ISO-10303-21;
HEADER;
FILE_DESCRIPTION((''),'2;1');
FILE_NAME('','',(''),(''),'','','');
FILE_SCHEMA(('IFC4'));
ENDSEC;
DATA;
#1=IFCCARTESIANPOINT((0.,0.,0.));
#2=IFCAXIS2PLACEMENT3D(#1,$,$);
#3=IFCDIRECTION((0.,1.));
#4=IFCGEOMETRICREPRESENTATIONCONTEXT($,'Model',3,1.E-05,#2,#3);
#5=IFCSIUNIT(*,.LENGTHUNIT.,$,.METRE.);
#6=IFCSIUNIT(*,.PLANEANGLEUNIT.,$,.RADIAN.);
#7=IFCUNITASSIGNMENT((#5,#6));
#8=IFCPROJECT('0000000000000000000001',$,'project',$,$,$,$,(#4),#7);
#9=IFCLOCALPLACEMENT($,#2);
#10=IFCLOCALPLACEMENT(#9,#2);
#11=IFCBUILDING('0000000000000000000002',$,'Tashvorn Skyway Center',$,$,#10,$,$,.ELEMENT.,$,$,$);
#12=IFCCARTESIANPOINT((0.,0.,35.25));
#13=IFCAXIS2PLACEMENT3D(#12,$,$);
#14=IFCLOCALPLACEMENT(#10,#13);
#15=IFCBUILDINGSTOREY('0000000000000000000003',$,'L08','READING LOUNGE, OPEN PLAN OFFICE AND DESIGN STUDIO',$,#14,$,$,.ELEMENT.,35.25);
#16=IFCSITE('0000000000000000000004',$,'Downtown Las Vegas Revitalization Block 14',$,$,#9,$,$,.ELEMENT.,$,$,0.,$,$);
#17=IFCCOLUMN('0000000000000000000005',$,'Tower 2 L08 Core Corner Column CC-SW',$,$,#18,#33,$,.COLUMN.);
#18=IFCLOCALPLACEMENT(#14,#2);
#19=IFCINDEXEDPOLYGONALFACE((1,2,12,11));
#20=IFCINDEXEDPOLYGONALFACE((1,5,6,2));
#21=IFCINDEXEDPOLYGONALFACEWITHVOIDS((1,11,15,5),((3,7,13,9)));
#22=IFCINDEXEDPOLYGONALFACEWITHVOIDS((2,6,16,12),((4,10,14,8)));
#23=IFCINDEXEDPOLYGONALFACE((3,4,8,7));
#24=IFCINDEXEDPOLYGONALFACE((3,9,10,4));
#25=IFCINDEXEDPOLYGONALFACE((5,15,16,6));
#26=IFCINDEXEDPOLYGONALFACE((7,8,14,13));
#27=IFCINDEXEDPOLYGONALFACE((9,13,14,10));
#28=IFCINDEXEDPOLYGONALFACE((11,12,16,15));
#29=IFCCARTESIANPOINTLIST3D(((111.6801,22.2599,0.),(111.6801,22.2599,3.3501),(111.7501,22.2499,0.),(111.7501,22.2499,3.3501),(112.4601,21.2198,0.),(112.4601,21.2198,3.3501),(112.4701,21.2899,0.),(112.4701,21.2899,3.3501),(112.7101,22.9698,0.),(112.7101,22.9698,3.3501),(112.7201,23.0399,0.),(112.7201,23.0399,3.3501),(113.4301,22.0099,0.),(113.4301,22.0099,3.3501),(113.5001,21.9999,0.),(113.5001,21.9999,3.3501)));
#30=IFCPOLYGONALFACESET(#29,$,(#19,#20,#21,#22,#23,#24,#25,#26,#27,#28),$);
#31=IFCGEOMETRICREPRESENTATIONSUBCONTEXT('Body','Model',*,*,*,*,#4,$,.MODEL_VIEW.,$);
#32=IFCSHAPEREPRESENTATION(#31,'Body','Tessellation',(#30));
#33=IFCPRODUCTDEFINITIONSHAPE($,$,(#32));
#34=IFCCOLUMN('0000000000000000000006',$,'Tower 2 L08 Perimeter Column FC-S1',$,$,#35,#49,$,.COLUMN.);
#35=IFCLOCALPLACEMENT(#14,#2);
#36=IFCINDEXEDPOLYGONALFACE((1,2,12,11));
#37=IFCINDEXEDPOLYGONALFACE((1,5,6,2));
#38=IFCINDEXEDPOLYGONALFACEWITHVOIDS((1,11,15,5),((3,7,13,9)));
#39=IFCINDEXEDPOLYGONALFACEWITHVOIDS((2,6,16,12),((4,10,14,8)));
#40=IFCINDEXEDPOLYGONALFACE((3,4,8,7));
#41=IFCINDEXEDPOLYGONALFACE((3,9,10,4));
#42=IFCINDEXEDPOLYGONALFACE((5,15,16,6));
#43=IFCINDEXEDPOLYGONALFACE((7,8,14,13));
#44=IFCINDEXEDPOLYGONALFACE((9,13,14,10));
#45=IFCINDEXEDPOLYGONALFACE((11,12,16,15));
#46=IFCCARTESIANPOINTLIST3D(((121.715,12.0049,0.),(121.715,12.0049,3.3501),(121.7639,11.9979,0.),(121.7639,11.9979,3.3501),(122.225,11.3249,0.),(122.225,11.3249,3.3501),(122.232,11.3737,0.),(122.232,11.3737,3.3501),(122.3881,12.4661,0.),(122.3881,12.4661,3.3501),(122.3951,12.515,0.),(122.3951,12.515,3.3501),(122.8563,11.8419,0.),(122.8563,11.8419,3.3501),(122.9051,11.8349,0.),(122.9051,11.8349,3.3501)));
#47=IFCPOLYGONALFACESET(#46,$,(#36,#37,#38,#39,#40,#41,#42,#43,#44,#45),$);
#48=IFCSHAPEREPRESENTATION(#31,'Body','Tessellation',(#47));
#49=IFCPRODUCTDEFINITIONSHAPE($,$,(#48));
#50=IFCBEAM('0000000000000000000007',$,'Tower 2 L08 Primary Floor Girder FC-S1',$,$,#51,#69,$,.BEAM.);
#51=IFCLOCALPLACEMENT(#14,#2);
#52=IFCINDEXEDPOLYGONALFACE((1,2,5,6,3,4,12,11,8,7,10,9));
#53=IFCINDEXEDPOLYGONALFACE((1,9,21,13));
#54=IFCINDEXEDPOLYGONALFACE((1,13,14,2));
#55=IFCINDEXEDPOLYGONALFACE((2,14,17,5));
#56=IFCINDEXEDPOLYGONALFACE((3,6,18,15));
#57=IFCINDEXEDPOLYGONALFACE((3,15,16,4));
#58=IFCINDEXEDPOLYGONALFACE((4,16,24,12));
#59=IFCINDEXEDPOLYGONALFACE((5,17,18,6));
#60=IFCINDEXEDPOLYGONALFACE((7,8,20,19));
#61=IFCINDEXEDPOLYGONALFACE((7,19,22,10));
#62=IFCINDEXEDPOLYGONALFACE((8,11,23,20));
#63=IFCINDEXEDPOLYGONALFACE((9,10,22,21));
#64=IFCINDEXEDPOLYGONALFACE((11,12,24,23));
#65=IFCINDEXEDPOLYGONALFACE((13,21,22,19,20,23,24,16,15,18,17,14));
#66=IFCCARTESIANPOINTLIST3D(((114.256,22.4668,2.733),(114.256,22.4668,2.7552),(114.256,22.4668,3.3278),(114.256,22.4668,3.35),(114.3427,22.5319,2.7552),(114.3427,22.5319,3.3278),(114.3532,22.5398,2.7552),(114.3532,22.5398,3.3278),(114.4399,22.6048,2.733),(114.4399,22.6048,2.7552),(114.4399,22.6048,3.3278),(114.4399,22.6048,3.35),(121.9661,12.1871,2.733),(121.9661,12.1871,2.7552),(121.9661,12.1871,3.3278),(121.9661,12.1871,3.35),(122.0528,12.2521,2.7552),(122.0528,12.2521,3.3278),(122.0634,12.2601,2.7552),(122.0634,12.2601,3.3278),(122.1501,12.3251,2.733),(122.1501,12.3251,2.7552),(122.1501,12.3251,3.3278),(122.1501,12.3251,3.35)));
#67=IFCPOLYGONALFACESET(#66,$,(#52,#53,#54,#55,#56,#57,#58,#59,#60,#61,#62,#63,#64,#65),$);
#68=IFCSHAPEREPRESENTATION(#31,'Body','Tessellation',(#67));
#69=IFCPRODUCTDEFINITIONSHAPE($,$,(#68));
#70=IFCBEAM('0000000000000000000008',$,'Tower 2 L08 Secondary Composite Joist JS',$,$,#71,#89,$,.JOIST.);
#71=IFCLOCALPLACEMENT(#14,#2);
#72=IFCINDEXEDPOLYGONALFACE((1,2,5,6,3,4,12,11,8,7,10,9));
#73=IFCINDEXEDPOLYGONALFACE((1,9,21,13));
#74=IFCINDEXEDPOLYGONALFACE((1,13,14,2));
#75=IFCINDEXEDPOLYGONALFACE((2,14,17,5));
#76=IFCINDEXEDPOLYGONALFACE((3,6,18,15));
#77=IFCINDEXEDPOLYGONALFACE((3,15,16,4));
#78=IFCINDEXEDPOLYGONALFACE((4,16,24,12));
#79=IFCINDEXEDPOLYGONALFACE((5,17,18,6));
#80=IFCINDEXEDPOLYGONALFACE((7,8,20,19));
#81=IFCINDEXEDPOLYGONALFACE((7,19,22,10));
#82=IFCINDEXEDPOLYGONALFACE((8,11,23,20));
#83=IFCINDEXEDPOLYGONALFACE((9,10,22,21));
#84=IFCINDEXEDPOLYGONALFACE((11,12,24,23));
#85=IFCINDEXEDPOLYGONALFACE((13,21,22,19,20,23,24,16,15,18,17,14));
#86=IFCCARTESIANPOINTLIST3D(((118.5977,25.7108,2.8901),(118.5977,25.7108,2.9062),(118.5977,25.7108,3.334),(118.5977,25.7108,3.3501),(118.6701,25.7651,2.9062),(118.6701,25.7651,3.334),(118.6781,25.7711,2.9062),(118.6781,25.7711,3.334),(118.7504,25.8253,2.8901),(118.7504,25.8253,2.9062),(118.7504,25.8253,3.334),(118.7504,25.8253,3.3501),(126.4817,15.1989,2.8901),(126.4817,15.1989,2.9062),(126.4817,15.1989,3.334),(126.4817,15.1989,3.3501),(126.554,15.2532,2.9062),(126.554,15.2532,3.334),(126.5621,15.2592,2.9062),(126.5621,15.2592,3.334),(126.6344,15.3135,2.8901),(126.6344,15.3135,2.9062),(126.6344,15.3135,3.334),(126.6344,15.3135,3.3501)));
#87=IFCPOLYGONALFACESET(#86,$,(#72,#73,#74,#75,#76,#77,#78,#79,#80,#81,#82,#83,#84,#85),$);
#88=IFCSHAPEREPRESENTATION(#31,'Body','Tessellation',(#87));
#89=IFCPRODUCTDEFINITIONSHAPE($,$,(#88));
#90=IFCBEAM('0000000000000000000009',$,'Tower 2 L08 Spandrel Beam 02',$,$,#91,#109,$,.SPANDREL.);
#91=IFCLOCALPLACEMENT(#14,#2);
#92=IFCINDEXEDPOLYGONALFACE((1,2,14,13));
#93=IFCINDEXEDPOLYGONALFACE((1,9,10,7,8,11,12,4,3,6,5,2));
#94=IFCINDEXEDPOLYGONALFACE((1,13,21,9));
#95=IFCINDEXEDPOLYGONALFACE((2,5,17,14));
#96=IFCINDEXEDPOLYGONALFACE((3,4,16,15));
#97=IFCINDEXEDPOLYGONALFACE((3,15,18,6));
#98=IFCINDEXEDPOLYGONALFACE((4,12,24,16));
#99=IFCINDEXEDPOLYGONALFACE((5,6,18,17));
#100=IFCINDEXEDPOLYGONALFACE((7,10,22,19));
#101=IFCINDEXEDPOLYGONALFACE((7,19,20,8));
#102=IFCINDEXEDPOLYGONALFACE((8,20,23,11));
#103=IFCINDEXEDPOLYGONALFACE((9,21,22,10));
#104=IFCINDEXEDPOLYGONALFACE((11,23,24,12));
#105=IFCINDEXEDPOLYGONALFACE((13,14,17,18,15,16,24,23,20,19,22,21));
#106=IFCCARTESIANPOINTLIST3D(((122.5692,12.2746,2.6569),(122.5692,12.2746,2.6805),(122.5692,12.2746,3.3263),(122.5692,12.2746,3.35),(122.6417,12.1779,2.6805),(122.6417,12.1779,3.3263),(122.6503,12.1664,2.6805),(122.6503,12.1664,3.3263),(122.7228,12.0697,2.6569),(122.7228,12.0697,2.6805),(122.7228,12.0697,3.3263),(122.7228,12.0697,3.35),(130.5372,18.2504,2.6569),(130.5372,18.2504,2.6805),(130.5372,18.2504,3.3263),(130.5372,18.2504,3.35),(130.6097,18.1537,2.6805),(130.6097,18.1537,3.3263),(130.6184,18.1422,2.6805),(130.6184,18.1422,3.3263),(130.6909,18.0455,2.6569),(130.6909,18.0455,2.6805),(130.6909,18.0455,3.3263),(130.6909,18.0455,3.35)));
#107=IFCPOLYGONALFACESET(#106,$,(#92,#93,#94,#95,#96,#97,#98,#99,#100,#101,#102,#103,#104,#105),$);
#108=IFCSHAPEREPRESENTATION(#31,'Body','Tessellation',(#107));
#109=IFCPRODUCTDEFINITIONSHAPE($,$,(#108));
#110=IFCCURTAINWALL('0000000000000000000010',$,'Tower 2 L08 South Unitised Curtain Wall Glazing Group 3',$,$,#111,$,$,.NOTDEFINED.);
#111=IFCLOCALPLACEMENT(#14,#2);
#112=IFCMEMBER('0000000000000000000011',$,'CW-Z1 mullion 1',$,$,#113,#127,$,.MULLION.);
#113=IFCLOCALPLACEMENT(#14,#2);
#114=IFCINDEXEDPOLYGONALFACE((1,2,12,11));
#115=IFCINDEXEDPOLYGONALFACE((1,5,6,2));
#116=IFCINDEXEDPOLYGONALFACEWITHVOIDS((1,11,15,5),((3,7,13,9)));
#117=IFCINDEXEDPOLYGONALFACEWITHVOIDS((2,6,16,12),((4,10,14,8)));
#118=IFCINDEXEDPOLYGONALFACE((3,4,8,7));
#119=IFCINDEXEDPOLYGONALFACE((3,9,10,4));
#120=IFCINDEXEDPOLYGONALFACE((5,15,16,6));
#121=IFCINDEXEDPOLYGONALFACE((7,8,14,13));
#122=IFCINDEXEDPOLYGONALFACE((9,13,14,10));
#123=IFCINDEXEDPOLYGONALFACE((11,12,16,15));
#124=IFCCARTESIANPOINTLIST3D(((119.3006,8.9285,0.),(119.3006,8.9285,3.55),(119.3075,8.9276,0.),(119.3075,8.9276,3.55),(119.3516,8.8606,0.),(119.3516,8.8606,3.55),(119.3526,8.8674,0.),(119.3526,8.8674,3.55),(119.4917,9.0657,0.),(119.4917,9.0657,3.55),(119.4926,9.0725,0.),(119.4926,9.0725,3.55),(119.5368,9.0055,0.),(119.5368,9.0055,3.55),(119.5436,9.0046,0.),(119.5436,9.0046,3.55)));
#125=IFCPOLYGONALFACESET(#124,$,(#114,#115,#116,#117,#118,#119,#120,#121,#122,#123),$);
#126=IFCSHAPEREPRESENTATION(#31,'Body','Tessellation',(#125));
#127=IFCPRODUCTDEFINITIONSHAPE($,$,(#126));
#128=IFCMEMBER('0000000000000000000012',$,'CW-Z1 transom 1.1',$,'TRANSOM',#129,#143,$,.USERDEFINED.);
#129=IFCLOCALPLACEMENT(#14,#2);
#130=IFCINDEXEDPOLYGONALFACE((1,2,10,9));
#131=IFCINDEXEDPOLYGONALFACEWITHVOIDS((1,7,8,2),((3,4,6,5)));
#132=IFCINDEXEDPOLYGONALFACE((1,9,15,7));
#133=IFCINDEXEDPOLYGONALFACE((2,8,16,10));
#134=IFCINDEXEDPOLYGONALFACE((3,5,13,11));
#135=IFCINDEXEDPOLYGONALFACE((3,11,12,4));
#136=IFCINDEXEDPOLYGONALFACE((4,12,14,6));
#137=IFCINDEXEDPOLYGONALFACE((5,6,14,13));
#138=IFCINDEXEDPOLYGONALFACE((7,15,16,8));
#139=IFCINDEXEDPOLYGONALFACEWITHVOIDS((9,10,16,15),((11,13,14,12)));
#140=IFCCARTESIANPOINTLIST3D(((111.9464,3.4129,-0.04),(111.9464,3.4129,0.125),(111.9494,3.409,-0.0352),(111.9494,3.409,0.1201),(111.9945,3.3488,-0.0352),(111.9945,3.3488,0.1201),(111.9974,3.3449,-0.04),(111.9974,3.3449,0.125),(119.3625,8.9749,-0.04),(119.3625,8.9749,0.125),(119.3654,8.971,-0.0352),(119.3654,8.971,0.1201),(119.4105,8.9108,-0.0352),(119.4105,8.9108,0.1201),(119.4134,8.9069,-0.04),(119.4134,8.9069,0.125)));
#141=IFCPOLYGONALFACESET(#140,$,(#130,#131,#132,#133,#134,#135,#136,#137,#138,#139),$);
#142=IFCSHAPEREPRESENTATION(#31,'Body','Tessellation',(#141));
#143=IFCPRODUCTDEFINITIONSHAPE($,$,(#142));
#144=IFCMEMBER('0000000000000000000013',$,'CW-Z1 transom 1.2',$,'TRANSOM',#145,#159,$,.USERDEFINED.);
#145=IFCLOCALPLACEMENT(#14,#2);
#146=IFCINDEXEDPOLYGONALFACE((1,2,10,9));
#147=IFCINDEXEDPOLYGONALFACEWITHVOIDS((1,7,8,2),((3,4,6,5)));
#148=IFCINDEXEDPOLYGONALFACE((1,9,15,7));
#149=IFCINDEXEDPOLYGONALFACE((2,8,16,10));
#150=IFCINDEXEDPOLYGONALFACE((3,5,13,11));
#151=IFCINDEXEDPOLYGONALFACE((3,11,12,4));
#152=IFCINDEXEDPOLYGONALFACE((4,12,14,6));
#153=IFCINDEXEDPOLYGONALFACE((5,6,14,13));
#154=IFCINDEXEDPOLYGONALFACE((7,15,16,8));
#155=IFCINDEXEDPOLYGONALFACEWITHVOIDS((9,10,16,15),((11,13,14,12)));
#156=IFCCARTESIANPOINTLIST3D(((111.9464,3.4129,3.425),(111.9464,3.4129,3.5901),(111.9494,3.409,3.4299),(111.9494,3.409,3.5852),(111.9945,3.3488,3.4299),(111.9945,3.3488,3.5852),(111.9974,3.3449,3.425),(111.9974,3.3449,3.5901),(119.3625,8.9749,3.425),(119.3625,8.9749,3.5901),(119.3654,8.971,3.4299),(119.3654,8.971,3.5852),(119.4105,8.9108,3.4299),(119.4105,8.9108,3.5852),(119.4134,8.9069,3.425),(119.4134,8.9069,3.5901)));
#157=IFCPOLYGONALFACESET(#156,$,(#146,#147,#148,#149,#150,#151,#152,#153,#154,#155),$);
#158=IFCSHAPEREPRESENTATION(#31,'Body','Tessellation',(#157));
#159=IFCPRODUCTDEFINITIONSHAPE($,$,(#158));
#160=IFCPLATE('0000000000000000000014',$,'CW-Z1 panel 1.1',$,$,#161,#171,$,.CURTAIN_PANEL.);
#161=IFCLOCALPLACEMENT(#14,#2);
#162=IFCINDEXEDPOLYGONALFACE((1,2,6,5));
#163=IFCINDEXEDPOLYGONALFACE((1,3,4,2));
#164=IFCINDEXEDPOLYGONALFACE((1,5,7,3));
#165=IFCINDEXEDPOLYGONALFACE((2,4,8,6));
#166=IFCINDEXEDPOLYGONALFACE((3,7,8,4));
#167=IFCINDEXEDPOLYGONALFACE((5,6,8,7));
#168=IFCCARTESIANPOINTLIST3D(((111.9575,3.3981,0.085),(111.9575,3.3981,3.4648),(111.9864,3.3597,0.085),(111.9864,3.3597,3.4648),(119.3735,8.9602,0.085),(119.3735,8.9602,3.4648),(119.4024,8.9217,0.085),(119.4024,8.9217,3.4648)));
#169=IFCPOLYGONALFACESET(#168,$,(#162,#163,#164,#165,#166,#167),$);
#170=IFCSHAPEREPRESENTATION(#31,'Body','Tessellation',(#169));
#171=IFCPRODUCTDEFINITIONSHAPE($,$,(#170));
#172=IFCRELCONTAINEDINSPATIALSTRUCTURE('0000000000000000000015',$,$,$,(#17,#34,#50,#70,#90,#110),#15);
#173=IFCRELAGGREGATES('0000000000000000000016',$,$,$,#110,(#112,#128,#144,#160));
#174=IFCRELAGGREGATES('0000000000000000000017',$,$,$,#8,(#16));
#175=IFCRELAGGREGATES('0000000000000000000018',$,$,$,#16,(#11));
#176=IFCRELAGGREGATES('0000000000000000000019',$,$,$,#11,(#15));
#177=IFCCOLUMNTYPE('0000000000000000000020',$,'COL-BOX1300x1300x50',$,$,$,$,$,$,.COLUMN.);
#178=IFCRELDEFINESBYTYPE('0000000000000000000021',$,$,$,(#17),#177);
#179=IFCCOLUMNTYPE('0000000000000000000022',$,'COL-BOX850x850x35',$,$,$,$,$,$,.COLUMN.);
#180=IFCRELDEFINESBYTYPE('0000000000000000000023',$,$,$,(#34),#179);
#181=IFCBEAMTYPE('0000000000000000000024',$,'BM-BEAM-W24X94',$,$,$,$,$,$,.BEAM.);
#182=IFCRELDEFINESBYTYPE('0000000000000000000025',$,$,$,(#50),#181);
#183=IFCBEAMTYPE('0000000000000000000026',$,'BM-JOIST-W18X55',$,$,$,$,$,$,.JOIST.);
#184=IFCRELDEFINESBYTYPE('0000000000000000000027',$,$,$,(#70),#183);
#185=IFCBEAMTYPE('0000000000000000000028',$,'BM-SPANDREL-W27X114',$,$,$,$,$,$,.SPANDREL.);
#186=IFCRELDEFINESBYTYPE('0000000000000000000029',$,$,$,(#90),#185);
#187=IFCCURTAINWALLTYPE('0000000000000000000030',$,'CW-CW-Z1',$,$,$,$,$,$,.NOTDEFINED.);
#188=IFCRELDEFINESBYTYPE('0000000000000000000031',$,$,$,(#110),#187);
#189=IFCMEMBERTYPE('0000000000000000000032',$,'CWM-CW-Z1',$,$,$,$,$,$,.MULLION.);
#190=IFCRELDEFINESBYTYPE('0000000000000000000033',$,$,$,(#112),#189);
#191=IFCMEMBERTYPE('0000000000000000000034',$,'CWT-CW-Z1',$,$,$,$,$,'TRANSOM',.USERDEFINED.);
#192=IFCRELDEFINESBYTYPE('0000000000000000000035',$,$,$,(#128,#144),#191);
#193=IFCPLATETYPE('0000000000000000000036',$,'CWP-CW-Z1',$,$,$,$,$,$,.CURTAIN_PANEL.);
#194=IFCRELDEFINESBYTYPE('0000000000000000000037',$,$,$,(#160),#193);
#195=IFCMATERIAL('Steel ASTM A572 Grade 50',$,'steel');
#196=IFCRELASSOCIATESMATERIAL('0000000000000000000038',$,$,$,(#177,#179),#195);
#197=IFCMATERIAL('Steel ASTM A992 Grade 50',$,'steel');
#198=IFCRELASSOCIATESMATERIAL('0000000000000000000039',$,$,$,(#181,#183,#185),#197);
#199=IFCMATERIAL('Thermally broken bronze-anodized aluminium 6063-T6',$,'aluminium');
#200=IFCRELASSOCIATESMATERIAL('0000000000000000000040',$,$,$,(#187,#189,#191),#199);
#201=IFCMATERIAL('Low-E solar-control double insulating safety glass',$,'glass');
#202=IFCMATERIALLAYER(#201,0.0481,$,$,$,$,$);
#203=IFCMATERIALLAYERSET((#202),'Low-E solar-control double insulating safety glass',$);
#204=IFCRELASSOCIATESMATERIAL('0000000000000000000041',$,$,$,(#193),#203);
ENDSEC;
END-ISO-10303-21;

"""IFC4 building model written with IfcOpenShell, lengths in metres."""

from ifc_helpers import new_model, si_unit, direction, frame, origin, origin_2d, place, context, subcontext, project, spatial, rectangle, hollow_rectangle, i_section, extrude, material, layer, layer_set, material_profile, profile_set, type_object, element, aggregate, save


model = new_model("IFC4")

# Units and contexts
model_context = context("Model", 3, precision=1e-05, world=origin(), true_north=direction((0.0, 1.0)))
body_context = subcontext(model_context, "Body", "Model", "MODEL_VIEW")
ifc_project = project(units=[si_unit("LENGTHUNIT", "METRE"), si_unit("PLANEANGLEUNIT", "RADIAN")], contexts=[model_context])

# Site, building, storey
site_placement = place(None, origin())
site = spatial("IfcSite", under=ifc_project, at=site_placement, Name="Downtown Las Vegas Revitalization Block 14", CompositionType="ELEMENT", RefElevation=0.0)
building_placement = place(site_placement, origin())
building = spatial("IfcBuilding", under=site, at=building_placement, Name="Tashvorn Skyway Center", CompositionType="ELEMENT")
storey_placement = place(building_placement, frame((0.0, 0.0, 35.25)))
storey = spatial("IfcBuildingStorey", under=building, at=storey_placement, Name="L08", Description="READING LOUNGE, OPEN PLAN OFFICE AND DESIGN STUDIO", CompositionType="ELEMENT", Elevation=35.25)

# Columns
ifc_material_1 = material(Name="Steel ASTM A572 Grade 50", Category="steel")
ifc_material_profile_1 = material_profile(ifc_material_1, hollow_rectangle(XDim=1.3, YDim=1.3, WallThickness=0.05, at=origin_2d()), Name="BOX1300x1300x50")
ifc_profile_set_1 = profile_set([ifc_material_profile_1], Name="Steel ASTM A572 Grade 50")
column_type_1 = type_object("IfcColumnType", Name="COL-BOX1300x1300x50", PredefinedType="COLUMN", material=ifc_profile_set_1)
column_1_placement = place(storey_placement, frame((112.5901, 22.1299, 0.0), z_axis=(0.0, 0.0, 1.0), x_axis=(0.8, 0.6, 0.0)))
element("IfcColumn", 1, at=column_1_placement, inside=storey, type_object=column_type_1, Name="Tower 2 L08 Core Corner Column CC-SW", PredefinedType="COLUMN", context=body_context, shape_type="SweptSolid", body=[
    extrude(hollow_rectangle(XDim=1.3, YDim=1.3, WallThickness=0.05, at=origin_2d()), origin(), (0.0, 0.0, 1.0), 3.3501),
])
ifc_material_profile_2 = material_profile(ifc_material_1, hollow_rectangle(XDim=0.8501, YDim=0.8501, WallThickness=0.0349, at=origin_2d()), Name="BOX850x850x35")
ifc_profile_set_2 = profile_set([ifc_material_profile_2], Name="Steel ASTM A572 Grade 50")
column_type_2 = type_object("IfcColumnType", Name="COL-BOX850x850x35", PredefinedType="COLUMN", material=ifc_profile_set_2)
column_2_placement = place(storey_placement, frame((122.3101, 11.9199, 0.0), z_axis=(0.0, 0.0, 1.0), x_axis=(0.8, 0.6, 0.0)))
element("IfcColumn", 2, at=column_2_placement, inside=storey, type_object=column_type_2, Name="Tower 2 L08 Perimeter Column FC-S1", PredefinedType="COLUMN", context=body_context, shape_type="SweptSolid", body=[
    extrude(hollow_rectangle(XDim=0.8501, YDim=0.8501, WallThickness=0.0349, at=origin_2d()), origin(), (0.0, 0.0, 1.0), 3.3501),
])

# Beams
ifc_material_2 = material(Name="Steel ASTM A992 Grade 50", Category="steel")
ifc_material_profile_3 = material_profile(ifc_material_2, i_section(OverallWidth=0.23, OverallDepth=0.6169, WebThickness=0.0132, FlangeThickness=0.0222, at=origin_2d()), Name="W24X94")
ifc_profile_set_3 = profile_set([ifc_material_profile_3], Name="Steel ASTM A992 Grade 50")
beam_type_1 = type_object("IfcBeamType", Name="BM-BEAM-W24X94", PredefinedType="BEAM", material=ifc_profile_set_3)
beam_1_placement = place(storey_placement, frame((122.0581, 12.2561, 3.0415), z_axis=(-0.600018, 0.799986, 0.0), x_axis=(-0.799986, -0.600018, 0.0)))
element("IfcBeam", 3, at=beam_1_placement, inside=storey, type_object=beam_type_1, Name="Tower 2 L08 Primary Floor Girder FC-S1", PredefinedType="BEAM", context=body_context, shape_type="SweptSolid", body=[
    extrude(i_section(OverallWidth=0.23, OverallDepth=0.6169, WebThickness=0.0132, FlangeThickness=0.0222, at=origin_2d()), origin(), (0.0, 0.0, 1.0), 12.8499),
])
ifc_material_profile_4 = material_profile(ifc_material_2, i_section(OverallWidth=0.1909, OverallDepth=0.46, WebThickness=0.01, FlangeThickness=0.0161, at=origin_2d()), Name="W18X55")
ifc_profile_set_4 = profile_set([ifc_material_profile_4], Name="Steel ASTM A992 Grade 50")
beam_type_2 = type_object("IfcBeamType", Name="BM-JOIST-W18X55", PredefinedType="JOIST", material=ifc_profile_set_4)
beam_2_placement = place(storey_placement, frame((118.6741, 25.7681, 3.1201), z_axis=(0.600003, -0.799998, 0.0), x_axis=(0.799998, 0.600003, 0.0)))
element("IfcBeam", 4, at=beam_2_placement, inside=storey, type_object=beam_type_2, Name="Tower 2 L08 Secondary Composite Joist JS", PredefinedType="JOIST", context=body_context, shape_type="SweptSolid", body=[
    extrude(i_section(OverallWidth=0.1909, OverallDepth=0.46, WebThickness=0.01, FlangeThickness=0.0161, at=origin_2d()), origin(), (0.0, 0.0, 1.0), 13.1399),
])
ifc_material_profile_5 = material_profile(ifc_material_2, i_section(OverallWidth=0.2561, OverallDepth=0.6931, WebThickness=0.0144, FlangeThickness=0.0237, at=origin_2d()), Name="W27X114")
ifc_profile_set_5 = profile_set([ifc_material_profile_5], Name="Steel ASTM A992 Grade 50")
beam_type_3 = type_object("IfcBeamType", Name="BM-SPANDREL-W27X114", PredefinedType="SPANDREL", material=ifc_profile_set_5)
beam_3_placement = place(storey_placement, frame((122.646, 12.1721, 3.0034), z_axis=(0.800009, 0.599988, 0.0), x_axis=(-0.599988, 0.800009, 0.0)))
element("IfcBeam", 5, at=beam_3_placement, inside=storey, type_object=beam_type_3, Name="Tower 2 L08 Spandrel Beam 02", PredefinedType="SPANDREL", context=body_context, shape_type="SweptSolid", body=[
    extrude(i_section(OverallWidth=0.2561, OverallDepth=0.6931, WebThickness=0.0144, FlangeThickness=0.0237, at=origin_2d()), origin(), (0.0, 0.0, 1.0), 9.96),
])

# Curtain wall, members, plate
ifc_material_3 = material(Name="Thermally broken bronze-anodized aluminium 6063-T6", Category="aluminium")
curtain_wall_type = type_object("IfcCurtainWallType", Name="CW-CW-Z1", PredefinedType="NOTDEFINED", material=ifc_material_3)
curtain_wall_placement = place(storey_placement, origin())
curtain_wall = element("IfcCurtainWall", 6, at=curtain_wall_placement, inside=storey, type_object=curtain_wall_type, Name="Tower 2 L08 South Unitised Curtain Wall Glazing Group 3", PredefinedType="NOTDEFINED")
ifc_material_profile_6 = material_profile(ifc_material_3, hollow_rectangle(XDim=0.085, YDim=0.24, WallThickness=0.0049, at=origin_2d()), Name="ALU-MULL-85x240")
ifc_profile_set_6 = profile_set([ifc_material_profile_6], Name="Thermally broken bronze-anodized aluminium 6063-T6")
member_type_1 = type_object("IfcMemberType", Name="CWM-CW-Z1", PredefinedType="MULLION", material=ifc_profile_set_6)
member_1_placement = place(storey_placement, frame((119.4221, 8.9666, 0.0), z_axis=(0.0, 0.0, 1.0), x_axis=(0.6, -0.8, 0.0)))
member_1 = element("IfcMember", 7, at=member_1_placement, type_object=member_type_1, Name="CW-Z1 mullion 1", PredefinedType="MULLION", context=body_context, shape_type="SweptSolid", body=[
    extrude(hollow_rectangle(XDim=0.085, YDim=0.24, WallThickness=0.0049, at=origin_2d()), origin(), (0.0, 0.0, 1.0), 3.55),
])
ifc_material_profile_7 = material_profile(ifc_material_3, hollow_rectangle(XDim=0.085, YDim=0.165, WallThickness=0.0049, at=origin_2d()), Name="ALU-TRAN-85x165")
ifc_profile_set_7 = profile_set([ifc_material_profile_7], Name="Thermally broken bronze-anodized aluminium 6063-T6")
member_type_2 = type_object("IfcMemberType", Name="CWT-CW-Z1", ElementType="TRANSOM", PredefinedType="USERDEFINED", material=ifc_profile_set_7)
member_2_placement = place(storey_placement, frame((119.3879, 8.9409, 0.0425), z_axis=(-0.8, -0.6, 0.0), x_axis=(0.6, -0.8, 0.0)))
member_2 = element("IfcMember", 8, at=member_2_placement, type_object=member_type_2, Name="CW-Z1 transom 1.1", ObjectType="TRANSOM", PredefinedType="USERDEFINED", context=body_context, shape_type="SweptSolid", body=[
    extrude(hollow_rectangle(XDim=0.085, YDim=0.165, WallThickness=0.0049, at=origin_2d()), origin(), (0.0, 0.0, 1.0), 9.27),
])
member_3_placement = place(storey_placement, frame((119.3879, 8.9409, 3.5076), z_axis=(-0.8, -0.6, 0.0), x_axis=(0.6, -0.8, 0.0)))
member_3 = element("IfcMember", 9, at=member_3_placement, type_object=member_type_2, Name="CW-Z1 transom 1.2", ObjectType="TRANSOM", PredefinedType="USERDEFINED", context=body_context, shape_type="SweptSolid", body=[
    extrude(hollow_rectangle(XDim=0.085, YDim=0.165, WallThickness=0.0049, at=origin_2d()), origin(), (0.0, 0.0, 1.0), 9.27),
])
ifc_material_4 = material(Name="Low-E solar-control double insulating safety glass", Category="glass")
ifc_layer_1 = layer(ifc_material_4, 0.0481)
ifc_layer_set_1 = layer_set([ifc_layer_1], Name="Low-E solar-control double insulating safety glass")
plate_type = type_object("IfcPlateType", Name="CWP-CW-Z1", PredefinedType="CURTAIN_PANEL", material=ifc_layer_set_1)
plate_placement = place(storey_placement, frame((115.6799, 6.1599, 0.085), z_axis=(0.0, 0.0, 1.0), x_axis=(-0.8, -0.6, 0.0)))
plate = element("IfcPlate", 10, at=plate_placement, type_object=plate_type, Name="CW-Z1 panel 1.1", PredefinedType="CURTAIN_PANEL", context=body_context, shape_type="SweptSolid", body=[
    extrude(rectangle(XDim=9.27, YDim=0.0481, at=origin_2d()), origin(), (0.0, 0.0, 1.0), 3.3799),
])
aggregate(curtain_wall, [member_1, member_2, member_3, plate])

save(model, "model.ifc")
